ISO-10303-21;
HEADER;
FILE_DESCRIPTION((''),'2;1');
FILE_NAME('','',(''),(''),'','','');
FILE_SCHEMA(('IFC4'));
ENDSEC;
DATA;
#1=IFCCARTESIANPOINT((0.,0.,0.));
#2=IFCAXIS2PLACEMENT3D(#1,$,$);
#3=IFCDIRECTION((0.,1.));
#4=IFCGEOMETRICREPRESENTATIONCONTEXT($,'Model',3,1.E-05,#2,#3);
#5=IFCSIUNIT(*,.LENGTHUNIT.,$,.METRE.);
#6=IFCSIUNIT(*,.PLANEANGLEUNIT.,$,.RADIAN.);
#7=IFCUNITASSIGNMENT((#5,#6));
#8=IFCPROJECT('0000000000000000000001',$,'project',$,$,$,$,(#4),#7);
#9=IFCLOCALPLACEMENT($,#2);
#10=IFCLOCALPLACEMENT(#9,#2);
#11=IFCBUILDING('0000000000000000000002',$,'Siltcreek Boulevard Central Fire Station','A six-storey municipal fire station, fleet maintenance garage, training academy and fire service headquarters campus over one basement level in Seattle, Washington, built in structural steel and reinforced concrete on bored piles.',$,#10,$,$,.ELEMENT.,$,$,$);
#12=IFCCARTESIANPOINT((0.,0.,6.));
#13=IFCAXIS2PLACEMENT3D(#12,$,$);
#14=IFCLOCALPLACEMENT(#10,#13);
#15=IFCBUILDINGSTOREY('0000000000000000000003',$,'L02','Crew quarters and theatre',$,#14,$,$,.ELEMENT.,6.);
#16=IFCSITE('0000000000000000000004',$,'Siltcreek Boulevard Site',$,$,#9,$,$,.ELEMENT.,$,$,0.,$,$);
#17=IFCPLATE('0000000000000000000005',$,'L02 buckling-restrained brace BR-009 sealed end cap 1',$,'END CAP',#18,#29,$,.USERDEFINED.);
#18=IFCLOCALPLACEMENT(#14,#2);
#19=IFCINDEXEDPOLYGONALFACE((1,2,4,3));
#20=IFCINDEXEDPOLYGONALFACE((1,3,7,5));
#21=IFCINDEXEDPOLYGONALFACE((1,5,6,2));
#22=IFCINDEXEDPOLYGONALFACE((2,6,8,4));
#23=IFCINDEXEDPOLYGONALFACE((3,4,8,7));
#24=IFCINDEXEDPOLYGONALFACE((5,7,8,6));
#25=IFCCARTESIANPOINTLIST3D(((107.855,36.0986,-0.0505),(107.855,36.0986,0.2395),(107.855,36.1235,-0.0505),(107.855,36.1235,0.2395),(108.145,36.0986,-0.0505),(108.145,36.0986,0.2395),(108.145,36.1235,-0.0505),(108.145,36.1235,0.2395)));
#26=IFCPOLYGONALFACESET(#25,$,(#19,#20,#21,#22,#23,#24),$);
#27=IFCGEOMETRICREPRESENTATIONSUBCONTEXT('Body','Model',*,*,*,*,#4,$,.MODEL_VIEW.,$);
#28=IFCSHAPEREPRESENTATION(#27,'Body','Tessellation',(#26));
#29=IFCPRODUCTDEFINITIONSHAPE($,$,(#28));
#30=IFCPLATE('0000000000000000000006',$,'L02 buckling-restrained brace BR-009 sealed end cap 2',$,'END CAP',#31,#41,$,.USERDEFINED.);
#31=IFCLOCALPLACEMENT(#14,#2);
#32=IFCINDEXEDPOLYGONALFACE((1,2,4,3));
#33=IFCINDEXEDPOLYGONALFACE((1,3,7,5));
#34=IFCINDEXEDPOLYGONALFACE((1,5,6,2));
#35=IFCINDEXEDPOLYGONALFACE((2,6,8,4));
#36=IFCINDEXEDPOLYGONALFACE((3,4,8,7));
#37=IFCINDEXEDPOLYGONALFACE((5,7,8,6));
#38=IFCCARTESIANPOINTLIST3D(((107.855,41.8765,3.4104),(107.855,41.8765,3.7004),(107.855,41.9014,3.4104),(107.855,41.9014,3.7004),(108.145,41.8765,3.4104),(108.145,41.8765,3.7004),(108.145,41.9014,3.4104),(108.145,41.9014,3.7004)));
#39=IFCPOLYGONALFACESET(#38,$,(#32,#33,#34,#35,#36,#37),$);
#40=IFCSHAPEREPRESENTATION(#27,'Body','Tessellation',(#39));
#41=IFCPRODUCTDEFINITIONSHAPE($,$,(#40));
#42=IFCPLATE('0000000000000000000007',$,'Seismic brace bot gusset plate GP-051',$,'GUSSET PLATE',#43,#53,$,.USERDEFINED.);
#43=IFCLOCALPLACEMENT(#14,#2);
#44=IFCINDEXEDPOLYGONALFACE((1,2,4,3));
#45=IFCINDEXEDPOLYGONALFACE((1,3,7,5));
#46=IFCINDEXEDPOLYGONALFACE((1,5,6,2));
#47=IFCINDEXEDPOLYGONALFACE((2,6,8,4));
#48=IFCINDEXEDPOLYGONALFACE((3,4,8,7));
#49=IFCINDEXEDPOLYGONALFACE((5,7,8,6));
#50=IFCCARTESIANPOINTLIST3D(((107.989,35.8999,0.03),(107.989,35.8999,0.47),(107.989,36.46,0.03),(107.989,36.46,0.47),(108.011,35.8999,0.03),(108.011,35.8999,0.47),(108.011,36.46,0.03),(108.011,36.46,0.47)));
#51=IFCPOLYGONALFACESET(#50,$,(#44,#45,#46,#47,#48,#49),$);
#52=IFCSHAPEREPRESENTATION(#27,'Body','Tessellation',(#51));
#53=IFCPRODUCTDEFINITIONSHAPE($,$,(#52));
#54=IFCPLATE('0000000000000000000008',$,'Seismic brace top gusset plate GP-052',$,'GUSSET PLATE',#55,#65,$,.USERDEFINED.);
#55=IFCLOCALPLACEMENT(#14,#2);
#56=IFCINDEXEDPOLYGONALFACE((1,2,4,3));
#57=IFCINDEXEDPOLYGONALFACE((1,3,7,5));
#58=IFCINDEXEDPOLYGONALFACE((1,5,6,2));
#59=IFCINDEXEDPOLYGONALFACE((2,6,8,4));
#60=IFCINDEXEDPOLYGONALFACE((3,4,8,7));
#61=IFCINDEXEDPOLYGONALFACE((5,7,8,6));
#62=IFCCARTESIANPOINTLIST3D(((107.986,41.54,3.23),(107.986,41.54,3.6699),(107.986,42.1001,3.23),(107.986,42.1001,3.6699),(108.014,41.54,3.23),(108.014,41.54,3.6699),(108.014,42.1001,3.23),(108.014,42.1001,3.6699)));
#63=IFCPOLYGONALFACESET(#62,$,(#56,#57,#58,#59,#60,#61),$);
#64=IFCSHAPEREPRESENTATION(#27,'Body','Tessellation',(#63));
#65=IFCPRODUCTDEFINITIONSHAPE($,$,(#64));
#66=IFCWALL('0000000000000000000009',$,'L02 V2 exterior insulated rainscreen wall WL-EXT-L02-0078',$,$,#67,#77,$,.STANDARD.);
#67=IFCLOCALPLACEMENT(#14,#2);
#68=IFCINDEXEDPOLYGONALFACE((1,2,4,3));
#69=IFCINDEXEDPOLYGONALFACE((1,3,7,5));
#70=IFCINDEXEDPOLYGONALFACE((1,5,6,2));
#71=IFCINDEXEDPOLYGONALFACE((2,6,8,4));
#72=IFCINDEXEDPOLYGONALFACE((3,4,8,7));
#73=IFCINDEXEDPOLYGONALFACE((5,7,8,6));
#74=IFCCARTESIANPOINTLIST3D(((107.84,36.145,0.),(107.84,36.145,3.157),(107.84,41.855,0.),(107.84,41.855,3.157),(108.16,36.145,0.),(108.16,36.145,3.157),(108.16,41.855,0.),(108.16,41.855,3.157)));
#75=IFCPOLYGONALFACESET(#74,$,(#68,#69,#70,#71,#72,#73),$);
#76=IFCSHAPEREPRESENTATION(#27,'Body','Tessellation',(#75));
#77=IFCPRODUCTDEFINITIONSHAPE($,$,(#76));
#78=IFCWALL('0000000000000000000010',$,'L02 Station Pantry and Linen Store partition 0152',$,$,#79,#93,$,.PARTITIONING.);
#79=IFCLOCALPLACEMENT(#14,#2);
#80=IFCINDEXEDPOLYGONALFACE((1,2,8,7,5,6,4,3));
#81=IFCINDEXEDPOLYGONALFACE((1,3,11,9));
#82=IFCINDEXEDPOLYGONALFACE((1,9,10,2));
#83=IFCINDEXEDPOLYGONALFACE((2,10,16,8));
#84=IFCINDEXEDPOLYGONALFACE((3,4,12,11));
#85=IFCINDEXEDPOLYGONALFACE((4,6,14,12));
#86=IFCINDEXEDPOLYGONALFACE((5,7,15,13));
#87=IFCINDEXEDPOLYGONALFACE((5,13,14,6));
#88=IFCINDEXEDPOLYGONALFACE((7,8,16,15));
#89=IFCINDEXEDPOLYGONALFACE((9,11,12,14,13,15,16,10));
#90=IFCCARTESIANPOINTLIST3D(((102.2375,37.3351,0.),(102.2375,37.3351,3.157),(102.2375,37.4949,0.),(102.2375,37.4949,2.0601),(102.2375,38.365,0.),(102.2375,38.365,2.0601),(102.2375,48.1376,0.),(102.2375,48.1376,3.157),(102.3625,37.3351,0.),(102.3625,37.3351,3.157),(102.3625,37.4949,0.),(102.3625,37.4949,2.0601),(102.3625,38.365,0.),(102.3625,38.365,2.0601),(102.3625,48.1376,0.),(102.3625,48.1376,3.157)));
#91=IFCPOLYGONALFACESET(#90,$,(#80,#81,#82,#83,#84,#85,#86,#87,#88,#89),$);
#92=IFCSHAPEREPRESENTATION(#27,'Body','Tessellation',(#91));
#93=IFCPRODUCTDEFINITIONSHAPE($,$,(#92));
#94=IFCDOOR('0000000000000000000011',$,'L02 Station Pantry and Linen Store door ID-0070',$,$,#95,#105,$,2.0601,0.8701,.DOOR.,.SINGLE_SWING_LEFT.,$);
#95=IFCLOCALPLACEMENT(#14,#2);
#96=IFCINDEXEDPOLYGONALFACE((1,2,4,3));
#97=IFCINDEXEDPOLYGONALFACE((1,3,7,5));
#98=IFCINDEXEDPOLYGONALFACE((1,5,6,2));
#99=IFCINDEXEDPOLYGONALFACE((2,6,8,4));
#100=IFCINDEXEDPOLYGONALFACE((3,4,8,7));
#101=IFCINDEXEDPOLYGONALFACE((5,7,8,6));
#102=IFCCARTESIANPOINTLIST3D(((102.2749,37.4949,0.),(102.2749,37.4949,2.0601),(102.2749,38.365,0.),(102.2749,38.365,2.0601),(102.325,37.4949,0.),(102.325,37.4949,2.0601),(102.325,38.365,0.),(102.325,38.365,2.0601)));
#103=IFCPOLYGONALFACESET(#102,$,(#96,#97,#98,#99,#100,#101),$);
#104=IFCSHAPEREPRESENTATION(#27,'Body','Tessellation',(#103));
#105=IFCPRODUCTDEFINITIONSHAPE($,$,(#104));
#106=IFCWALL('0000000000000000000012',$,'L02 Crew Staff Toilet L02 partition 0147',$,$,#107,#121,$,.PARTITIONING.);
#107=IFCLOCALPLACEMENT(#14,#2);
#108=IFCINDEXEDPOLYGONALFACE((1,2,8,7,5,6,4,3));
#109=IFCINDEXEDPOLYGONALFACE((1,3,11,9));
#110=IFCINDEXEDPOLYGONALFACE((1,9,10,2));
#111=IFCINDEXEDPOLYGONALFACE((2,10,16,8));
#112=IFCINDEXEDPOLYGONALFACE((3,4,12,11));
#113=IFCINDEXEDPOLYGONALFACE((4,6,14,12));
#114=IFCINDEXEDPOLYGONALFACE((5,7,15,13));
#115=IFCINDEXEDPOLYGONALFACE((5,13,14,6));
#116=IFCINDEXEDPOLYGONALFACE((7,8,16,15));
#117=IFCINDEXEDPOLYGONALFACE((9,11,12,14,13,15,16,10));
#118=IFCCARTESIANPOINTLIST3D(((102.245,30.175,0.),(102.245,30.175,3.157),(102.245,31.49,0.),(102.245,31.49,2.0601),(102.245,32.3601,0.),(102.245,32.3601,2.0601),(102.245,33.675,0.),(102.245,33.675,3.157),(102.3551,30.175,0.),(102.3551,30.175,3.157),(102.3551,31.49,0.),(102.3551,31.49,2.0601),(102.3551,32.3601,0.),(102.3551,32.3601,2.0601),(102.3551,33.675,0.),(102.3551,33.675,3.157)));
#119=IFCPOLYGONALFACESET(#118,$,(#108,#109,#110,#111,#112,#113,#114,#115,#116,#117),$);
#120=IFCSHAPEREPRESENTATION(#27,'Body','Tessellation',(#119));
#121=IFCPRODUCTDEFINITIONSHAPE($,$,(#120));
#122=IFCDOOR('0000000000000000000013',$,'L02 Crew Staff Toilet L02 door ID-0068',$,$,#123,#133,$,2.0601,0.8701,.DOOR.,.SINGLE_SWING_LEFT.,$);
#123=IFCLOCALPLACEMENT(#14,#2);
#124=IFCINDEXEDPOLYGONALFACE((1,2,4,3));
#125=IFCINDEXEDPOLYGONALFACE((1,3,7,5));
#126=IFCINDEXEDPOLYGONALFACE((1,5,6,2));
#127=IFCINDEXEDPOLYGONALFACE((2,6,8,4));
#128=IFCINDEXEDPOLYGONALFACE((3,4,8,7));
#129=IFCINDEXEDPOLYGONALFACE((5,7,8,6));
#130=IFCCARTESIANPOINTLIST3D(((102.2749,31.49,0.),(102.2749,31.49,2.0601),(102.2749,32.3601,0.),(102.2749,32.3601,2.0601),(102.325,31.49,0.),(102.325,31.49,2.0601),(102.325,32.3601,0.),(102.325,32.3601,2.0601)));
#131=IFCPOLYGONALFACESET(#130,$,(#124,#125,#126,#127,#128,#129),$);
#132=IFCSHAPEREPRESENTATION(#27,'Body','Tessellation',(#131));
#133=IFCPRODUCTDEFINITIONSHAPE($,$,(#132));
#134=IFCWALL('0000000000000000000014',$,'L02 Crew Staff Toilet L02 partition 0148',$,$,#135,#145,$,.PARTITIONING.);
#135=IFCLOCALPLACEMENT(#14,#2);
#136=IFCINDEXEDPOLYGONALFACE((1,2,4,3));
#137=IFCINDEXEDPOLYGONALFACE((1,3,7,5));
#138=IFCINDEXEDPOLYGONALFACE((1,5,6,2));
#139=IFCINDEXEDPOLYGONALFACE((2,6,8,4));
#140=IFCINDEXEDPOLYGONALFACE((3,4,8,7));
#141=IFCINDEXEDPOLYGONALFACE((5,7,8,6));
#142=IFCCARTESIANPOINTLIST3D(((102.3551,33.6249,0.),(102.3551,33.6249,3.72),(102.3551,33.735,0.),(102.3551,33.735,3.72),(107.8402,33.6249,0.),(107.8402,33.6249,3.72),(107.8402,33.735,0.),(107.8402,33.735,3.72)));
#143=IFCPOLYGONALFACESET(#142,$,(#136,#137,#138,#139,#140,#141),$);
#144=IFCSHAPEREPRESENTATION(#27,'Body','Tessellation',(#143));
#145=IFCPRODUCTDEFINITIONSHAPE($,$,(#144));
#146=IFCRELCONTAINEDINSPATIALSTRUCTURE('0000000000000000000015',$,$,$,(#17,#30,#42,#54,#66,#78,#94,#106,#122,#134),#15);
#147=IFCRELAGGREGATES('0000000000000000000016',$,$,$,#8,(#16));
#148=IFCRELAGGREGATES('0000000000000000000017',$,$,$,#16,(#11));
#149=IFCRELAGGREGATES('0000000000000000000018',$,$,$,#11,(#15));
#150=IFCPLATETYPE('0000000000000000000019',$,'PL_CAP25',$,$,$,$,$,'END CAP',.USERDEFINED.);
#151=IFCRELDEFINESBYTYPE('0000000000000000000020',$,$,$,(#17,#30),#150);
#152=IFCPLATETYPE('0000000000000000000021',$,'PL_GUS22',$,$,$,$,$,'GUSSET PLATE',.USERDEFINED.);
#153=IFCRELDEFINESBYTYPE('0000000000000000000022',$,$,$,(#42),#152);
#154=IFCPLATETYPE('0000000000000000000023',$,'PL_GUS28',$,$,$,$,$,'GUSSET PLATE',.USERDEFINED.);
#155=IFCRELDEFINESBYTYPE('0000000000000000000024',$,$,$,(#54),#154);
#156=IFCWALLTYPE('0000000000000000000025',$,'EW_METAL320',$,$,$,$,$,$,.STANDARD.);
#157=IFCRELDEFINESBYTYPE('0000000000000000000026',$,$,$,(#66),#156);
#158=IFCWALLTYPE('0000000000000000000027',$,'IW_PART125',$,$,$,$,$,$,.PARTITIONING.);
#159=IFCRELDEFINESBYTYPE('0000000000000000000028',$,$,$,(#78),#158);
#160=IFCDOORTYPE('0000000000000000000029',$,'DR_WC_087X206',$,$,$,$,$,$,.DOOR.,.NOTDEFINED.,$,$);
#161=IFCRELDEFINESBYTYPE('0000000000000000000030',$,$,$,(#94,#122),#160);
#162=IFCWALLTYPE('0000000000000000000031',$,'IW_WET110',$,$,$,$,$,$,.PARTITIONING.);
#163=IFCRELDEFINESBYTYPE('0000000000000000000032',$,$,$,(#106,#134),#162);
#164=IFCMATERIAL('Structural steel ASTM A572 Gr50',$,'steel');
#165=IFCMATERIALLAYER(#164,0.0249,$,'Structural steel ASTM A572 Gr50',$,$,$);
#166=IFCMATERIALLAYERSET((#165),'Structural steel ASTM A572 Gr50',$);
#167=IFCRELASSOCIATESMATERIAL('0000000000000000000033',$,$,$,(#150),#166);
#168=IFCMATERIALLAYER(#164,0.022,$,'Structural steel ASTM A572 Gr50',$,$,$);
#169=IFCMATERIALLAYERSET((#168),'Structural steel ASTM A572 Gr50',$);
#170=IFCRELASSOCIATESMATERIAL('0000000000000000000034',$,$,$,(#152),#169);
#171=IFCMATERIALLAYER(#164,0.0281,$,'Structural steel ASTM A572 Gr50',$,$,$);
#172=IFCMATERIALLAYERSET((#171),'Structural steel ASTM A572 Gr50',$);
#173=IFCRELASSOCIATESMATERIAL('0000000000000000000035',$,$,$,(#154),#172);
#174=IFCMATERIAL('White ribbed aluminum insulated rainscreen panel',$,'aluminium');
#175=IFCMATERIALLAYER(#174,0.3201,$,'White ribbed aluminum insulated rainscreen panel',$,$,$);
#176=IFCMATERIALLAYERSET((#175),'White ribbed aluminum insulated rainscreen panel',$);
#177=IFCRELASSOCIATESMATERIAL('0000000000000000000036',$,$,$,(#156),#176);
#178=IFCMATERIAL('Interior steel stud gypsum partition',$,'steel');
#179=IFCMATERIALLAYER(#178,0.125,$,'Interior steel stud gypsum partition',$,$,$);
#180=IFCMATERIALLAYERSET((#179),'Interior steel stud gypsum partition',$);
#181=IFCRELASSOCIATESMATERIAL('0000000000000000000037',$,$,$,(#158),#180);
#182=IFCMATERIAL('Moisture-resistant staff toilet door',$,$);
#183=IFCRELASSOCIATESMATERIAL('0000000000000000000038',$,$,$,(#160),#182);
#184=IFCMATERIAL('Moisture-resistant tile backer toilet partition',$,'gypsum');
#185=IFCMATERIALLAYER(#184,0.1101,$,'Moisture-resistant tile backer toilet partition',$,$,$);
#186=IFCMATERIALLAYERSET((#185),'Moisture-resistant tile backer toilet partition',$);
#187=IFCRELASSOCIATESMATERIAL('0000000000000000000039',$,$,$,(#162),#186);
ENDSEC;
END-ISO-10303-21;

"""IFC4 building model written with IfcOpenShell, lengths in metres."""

from ifc_helpers import new_model, si_unit, direction, frame, frame_2d, origin, origin_2d, place, context, subcontext, project, spatial, rectangle, extrude, material, layer, layer_set, type_object, element, fill, save


model = new_model("IFC4")

# Units and contexts
model_context = context("Model", 3, precision=1e-05, world=origin(), true_north=direction((0.0, 1.0)))
body_context = subcontext(model_context, "Body", "Model", "MODEL_VIEW")
ifc_project = project(units=[si_unit("LENGTHUNIT", "METRE"), si_unit("PLANEANGLEUNIT", "RADIAN")], contexts=[model_context])

# Site, building, storey
site_placement = place(None, origin())
site = spatial("IfcSite", under=ifc_project, at=site_placement, Name="Siltcreek Boulevard Site", CompositionType="ELEMENT", RefElevation=0.0)
building_placement = place(site_placement, origin())
building = spatial("IfcBuilding", under=site, at=building_placement, Name="Siltcreek Boulevard Central Fire Station", Description="A six-storey municipal fire station, fleet maintenance garage, training academy and fire service headquarters campus over one basement level in Seattle, Washington, built in structural steel and reinforced concrete on bored piles.", CompositionType="ELEMENT")
storey_placement = place(building_placement, frame((0.0, 0.0, 6.0)))
storey = spatial("IfcBuildingStorey", under=building, at=storey_placement, Name="L02", Description="Crew quarters and theatre", CompositionType="ELEMENT", Elevation=6.0)

# Plates
ifc_material_1 = material(Name="Structural steel ASTM A572 Gr50", Category="steel")
ifc_layer_1 = layer(ifc_material_1, 0.0249, Name="Structural steel ASTM A572 Gr50")
ifc_layer_set_1 = layer_set([ifc_layer_1], Name="Structural steel ASTM A572 Gr50")
plate_type_1 = type_object("IfcPlateType", Name="PL_CAP25", ElementType="END CAP", PredefinedType="USERDEFINED", material=ifc_layer_set_1)
for number, where, z_axis, x_axis, name in (
    (1, (108.0, 36.1111, -0.0505), (0.0, 0.0, 1.0), (0.0, 1.0, 0.0), "L02 buckling-restrained brace BR-009 sealed end cap 1"),
    (2, (108.0, 41.8889, 3.4104), (0.0, 0.0, 1.0), (0.0, 1.0, 0.0), "L02 buckling-restrained brace BR-009 sealed end cap 2"),
):
    element("IfcPlate", number, at=place(storey_placement, frame(where, z_axis=z_axis, x_axis=x_axis)), inside=storey, type_object=plate_type_1, Name=name, ObjectType="END CAP", PredefinedType="USERDEFINED", context=body_context, shape_type="SweptSolid", body=[
        extrude(rectangle(XDim=0.0249, YDim=0.29, at=origin_2d()), origin(), (0.0, 0.0, 1.0), 0.29),
    ])
ifc_layer_2 = layer(ifc_material_1, 0.022, Name="Structural steel ASTM A572 Gr50")
ifc_layer_set_2 = layer_set([ifc_layer_2], Name="Structural steel ASTM A572 Gr50")
plate_type_2 = type_object("IfcPlateType", Name="PL_GUS22", ElementType="GUSSET PLATE", PredefinedType="USERDEFINED", material=ifc_layer_set_2)
plate_1_placement = place(storey_placement, frame((108.0, 36.1799, 0.03), z_axis=(0.0, 0.0, 1.0), x_axis=(0.0, 1.0, 0.0)))
element("IfcPlate", 3, at=plate_1_placement, inside=storey, type_object=plate_type_2, Name="Seismic brace bot gusset plate GP-051", ObjectType="GUSSET PLATE", PredefinedType="USERDEFINED", context=body_context, shape_type="SweptSolid", body=[
    extrude(rectangle(XDim=0.5601, YDim=0.022, at=origin_2d()), origin(), (0.0, 0.0, 1.0), 0.4399),
])
ifc_layer_3 = layer(ifc_material_1, 0.0281, Name="Structural steel ASTM A572 Gr50")
ifc_layer_set_3 = layer_set([ifc_layer_3], Name="Structural steel ASTM A572 Gr50")
plate_type_3 = type_object("IfcPlateType", Name="PL_GUS28", ElementType="GUSSET PLATE", PredefinedType="USERDEFINED", material=ifc_layer_set_3)
plate_2_placement = place(storey_placement, frame((108.0, 41.8201, 3.23), z_axis=(0.0, 0.0, 1.0), x_axis=(0.0, 1.0, 0.0)))
element("IfcPlate", 4, at=plate_2_placement, inside=storey, type_object=plate_type_3, Name="Seismic brace top gusset plate GP-052", ObjectType="GUSSET PLATE", PredefinedType="USERDEFINED", context=body_context, shape_type="SweptSolid", body=[
    extrude(rectangle(XDim=0.5601, YDim=0.0281, at=origin_2d()), origin(), (0.0, 0.0, 1.0), 0.4399),
])

# Wall
ifc_material_2 = material(Name="White ribbed aluminum insulated rainscreen panel", Category="aluminium")
ifc_layer_4 = layer(ifc_material_2, 0.3201, Name="White ribbed aluminum insulated rainscreen panel")
ifc_layer_set_4 = layer_set([ifc_layer_4], Name="White ribbed aluminum insulated rainscreen panel")
wall_type_1 = type_object("IfcWallType", Name="EW_METAL320", PredefinedType="STANDARD", material=ifc_layer_set_4)
wall_1_placement = place(storey_placement, frame((108.0, 36.145, 0.0), z_axis=(0.0, 0.0, 1.0), x_axis=(0.0, 1.0, 0.0)))
element("IfcWall", 5, at=wall_1_placement, inside=storey, type_object=wall_type_1, Name="L02 V2 exterior insulated rainscreen wall WL-EXT-L02-0078", PredefinedType="STANDARD", context=body_context, shape_type="SweptSolid", body=[
    extrude(rectangle(XDim=5.71, YDim=0.3201, at=frame_2d((2.855, 0.0))), origin(), (0.0, 0.0, 1.0), 3.157),
])

# Walls, openings, doors
ifc_material_3 = material(Name="Interior steel stud gypsum partition", Category="steel")
ifc_layer_5 = layer(ifc_material_3, 0.125, Name="Interior steel stud gypsum partition")
ifc_layer_set_5 = layer_set([ifc_layer_5], Name="Interior steel stud gypsum partition")
wall_type_2 = type_object("IfcWallType", Name="IW_PART125", PredefinedType="PARTITIONING", material=ifc_layer_set_5)
wall_2_placement = place(storey_placement, frame((102.3, 37.335, 0.0), z_axis=(0.0, 0.0, 1.0), x_axis=(0.0, 1.0, 0.0)))
wall_2 = element("IfcWall", 6, at=wall_2_placement, inside=storey, type_object=wall_type_2, Name="L02 Station Pantry and Linen Store partition 0152", PredefinedType="PARTITIONING", context=body_context, shape_type="SweptSolid", body=[
    extrude(rectangle(XDim=10.8025, YDim=0.125, at=frame_2d((5.4014, 0.0))), origin(), (0.0, 0.0, 1.0), 3.157),
])
opening_1_placement = place(wall_2_placement, frame((0.1599, 0.0, 0.0)))
opening_1 = element("IfcOpeningElement", 7, at=opening_1_placement, cuts=wall_2, PredefinedType="OPENING", context=body_context, shape_type="SweptSolid", body=[
    extrude(rectangle(XDim=0.8701, YDim=2.0601, at=frame_2d((0.4351, 1.03))), frame((0.0, 0.0725, 0.0), z_axis=(0.0, -1.0, 0.0), x_axis=(1.0, 0.0, 0.0)), (0.0, 0.0, 1.0), 0.145),
])
ifc_material_4 = material(Name="Moisture-resistant staff toilet door")
door_type_1 = type_object("IfcDoorType", Name="DR_WC_087X206", OperationType="NOTDEFINED", PredefinedType="DOOR", material=ifc_material_4)
door_1_placement = place(opening_1_placement, frame((0.8701, 0.0, 0.0), z_axis=(0.0, 0.0, 1.0), x_axis=(-1.0, 0.0, 0.0)))
door_1 = element("IfcDoor", 8, at=door_1_placement, inside=storey, type_object=door_type_1, Name="L02 Station Pantry and Linen Store door ID-0070", OperationType="SINGLE_SWING_LEFT", OverallHeight=2.0601, OverallWidth=0.8701, PredefinedType="DOOR", context=body_context, shape_type="SweptSolid", body=[
    extrude(rectangle(XDim=0.8701, YDim=2.0601, at=frame_2d((0.4351, 1.03))), frame((0.0, 0.0249, 0.0), z_axis=(0.0, -1.0, 0.0), x_axis=(1.0, 0.0, 0.0)), (0.0, 0.0, 1.0), 0.05),
])
fill(opening_1, door_1)
ifc_material_5 = material(Name="Moisture-resistant tile backer toilet partition", Category="gypsum")
ifc_layer_6 = layer(ifc_material_5, 0.1101, Name="Moisture-resistant tile backer toilet partition")
ifc_layer_set_6 = layer_set([ifc_layer_6], Name="Moisture-resistant tile backer toilet partition")
wall_type_3 = type_object("IfcWallType", Name="IW_WET110", PredefinedType="PARTITIONING", material=ifc_layer_set_6)
wall_3_placement = place(storey_placement, frame((102.3, 30.175, 0.0), z_axis=(0.0, 0.0, 1.0), x_axis=(0.0, 1.0, 0.0)))
wall_3 = element("IfcWall", 9, at=wall_3_placement, inside=storey, type_object=wall_type_3, Name="L02 Crew Staff Toilet L02 partition 0147", PredefinedType="PARTITIONING", context=body_context, shape_type="SweptSolid", body=[
    extrude(rectangle(XDim=3.5, YDim=0.1101, at=frame_2d((1.75, 0.0))), origin(), (0.0, 0.0, 1.0), 3.157),
])
opening_2_placement = place(wall_3_placement, frame((1.3149, 0.0, 0.0)))
opening_2 = element("IfcOpeningElement", 10, at=opening_2_placement, cuts=wall_3, PredefinedType="OPENING", context=body_context, shape_type="SweptSolid", body=[
    extrude(rectangle(XDim=0.8701, YDim=2.0601, at=frame_2d((0.4351, 1.03))), frame((0.0, 0.0649, 0.0), z_axis=(0.0, -1.0, 0.0), x_axis=(1.0, 0.0, 0.0)), (0.0, 0.0, 1.0), 0.1301),
])
door_2_placement = place(opening_2_placement, frame((0.8701, 0.0, 0.0), z_axis=(0.0, 0.0, 1.0), x_axis=(-1.0, 0.0, 0.0)))
door_2 = element("IfcDoor", 11, at=door_2_placement, inside=storey, type_object=door_type_1, Name="L02 Crew Staff Toilet L02 door ID-0068", OperationType="SINGLE_SWING_LEFT", OverallHeight=2.0601, OverallWidth=0.8701, PredefinedType="DOOR", context=body_context, shape_type="SweptSolid", body=[
    extrude(rectangle(XDim=0.8701, YDim=2.0601, at=frame_2d((0.4351, 1.03))), frame((0.0, 0.0249, 0.0), z_axis=(0.0, -1.0, 0.0), x_axis=(1.0, 0.0, 0.0)), (0.0, 0.0, 1.0), 0.05),
])
fill(opening_2, door_2)

# Wall
wall_4_placement = place(storey_placement, frame((102.355, 33.6799, 0.0), z_axis=(0.0, 0.0, 1.0), x_axis=(1.0, 0.0, 0.0)))
element("IfcWall", 12, at=wall_4_placement, inside=storey, type_object=wall_type_3, Name="L02 Crew Staff Toilet L02 partition 0148", PredefinedType="PARTITIONING", context=body_context, shape_type="SweptSolid", body=[
    extrude(rectangle(XDim=5.4851, YDim=0.1101, at=frame_2d((2.7427, 0.0))), origin(), (0.0, 0.0, 1.0), 3.72),
])

save(model, "model.ifc")
